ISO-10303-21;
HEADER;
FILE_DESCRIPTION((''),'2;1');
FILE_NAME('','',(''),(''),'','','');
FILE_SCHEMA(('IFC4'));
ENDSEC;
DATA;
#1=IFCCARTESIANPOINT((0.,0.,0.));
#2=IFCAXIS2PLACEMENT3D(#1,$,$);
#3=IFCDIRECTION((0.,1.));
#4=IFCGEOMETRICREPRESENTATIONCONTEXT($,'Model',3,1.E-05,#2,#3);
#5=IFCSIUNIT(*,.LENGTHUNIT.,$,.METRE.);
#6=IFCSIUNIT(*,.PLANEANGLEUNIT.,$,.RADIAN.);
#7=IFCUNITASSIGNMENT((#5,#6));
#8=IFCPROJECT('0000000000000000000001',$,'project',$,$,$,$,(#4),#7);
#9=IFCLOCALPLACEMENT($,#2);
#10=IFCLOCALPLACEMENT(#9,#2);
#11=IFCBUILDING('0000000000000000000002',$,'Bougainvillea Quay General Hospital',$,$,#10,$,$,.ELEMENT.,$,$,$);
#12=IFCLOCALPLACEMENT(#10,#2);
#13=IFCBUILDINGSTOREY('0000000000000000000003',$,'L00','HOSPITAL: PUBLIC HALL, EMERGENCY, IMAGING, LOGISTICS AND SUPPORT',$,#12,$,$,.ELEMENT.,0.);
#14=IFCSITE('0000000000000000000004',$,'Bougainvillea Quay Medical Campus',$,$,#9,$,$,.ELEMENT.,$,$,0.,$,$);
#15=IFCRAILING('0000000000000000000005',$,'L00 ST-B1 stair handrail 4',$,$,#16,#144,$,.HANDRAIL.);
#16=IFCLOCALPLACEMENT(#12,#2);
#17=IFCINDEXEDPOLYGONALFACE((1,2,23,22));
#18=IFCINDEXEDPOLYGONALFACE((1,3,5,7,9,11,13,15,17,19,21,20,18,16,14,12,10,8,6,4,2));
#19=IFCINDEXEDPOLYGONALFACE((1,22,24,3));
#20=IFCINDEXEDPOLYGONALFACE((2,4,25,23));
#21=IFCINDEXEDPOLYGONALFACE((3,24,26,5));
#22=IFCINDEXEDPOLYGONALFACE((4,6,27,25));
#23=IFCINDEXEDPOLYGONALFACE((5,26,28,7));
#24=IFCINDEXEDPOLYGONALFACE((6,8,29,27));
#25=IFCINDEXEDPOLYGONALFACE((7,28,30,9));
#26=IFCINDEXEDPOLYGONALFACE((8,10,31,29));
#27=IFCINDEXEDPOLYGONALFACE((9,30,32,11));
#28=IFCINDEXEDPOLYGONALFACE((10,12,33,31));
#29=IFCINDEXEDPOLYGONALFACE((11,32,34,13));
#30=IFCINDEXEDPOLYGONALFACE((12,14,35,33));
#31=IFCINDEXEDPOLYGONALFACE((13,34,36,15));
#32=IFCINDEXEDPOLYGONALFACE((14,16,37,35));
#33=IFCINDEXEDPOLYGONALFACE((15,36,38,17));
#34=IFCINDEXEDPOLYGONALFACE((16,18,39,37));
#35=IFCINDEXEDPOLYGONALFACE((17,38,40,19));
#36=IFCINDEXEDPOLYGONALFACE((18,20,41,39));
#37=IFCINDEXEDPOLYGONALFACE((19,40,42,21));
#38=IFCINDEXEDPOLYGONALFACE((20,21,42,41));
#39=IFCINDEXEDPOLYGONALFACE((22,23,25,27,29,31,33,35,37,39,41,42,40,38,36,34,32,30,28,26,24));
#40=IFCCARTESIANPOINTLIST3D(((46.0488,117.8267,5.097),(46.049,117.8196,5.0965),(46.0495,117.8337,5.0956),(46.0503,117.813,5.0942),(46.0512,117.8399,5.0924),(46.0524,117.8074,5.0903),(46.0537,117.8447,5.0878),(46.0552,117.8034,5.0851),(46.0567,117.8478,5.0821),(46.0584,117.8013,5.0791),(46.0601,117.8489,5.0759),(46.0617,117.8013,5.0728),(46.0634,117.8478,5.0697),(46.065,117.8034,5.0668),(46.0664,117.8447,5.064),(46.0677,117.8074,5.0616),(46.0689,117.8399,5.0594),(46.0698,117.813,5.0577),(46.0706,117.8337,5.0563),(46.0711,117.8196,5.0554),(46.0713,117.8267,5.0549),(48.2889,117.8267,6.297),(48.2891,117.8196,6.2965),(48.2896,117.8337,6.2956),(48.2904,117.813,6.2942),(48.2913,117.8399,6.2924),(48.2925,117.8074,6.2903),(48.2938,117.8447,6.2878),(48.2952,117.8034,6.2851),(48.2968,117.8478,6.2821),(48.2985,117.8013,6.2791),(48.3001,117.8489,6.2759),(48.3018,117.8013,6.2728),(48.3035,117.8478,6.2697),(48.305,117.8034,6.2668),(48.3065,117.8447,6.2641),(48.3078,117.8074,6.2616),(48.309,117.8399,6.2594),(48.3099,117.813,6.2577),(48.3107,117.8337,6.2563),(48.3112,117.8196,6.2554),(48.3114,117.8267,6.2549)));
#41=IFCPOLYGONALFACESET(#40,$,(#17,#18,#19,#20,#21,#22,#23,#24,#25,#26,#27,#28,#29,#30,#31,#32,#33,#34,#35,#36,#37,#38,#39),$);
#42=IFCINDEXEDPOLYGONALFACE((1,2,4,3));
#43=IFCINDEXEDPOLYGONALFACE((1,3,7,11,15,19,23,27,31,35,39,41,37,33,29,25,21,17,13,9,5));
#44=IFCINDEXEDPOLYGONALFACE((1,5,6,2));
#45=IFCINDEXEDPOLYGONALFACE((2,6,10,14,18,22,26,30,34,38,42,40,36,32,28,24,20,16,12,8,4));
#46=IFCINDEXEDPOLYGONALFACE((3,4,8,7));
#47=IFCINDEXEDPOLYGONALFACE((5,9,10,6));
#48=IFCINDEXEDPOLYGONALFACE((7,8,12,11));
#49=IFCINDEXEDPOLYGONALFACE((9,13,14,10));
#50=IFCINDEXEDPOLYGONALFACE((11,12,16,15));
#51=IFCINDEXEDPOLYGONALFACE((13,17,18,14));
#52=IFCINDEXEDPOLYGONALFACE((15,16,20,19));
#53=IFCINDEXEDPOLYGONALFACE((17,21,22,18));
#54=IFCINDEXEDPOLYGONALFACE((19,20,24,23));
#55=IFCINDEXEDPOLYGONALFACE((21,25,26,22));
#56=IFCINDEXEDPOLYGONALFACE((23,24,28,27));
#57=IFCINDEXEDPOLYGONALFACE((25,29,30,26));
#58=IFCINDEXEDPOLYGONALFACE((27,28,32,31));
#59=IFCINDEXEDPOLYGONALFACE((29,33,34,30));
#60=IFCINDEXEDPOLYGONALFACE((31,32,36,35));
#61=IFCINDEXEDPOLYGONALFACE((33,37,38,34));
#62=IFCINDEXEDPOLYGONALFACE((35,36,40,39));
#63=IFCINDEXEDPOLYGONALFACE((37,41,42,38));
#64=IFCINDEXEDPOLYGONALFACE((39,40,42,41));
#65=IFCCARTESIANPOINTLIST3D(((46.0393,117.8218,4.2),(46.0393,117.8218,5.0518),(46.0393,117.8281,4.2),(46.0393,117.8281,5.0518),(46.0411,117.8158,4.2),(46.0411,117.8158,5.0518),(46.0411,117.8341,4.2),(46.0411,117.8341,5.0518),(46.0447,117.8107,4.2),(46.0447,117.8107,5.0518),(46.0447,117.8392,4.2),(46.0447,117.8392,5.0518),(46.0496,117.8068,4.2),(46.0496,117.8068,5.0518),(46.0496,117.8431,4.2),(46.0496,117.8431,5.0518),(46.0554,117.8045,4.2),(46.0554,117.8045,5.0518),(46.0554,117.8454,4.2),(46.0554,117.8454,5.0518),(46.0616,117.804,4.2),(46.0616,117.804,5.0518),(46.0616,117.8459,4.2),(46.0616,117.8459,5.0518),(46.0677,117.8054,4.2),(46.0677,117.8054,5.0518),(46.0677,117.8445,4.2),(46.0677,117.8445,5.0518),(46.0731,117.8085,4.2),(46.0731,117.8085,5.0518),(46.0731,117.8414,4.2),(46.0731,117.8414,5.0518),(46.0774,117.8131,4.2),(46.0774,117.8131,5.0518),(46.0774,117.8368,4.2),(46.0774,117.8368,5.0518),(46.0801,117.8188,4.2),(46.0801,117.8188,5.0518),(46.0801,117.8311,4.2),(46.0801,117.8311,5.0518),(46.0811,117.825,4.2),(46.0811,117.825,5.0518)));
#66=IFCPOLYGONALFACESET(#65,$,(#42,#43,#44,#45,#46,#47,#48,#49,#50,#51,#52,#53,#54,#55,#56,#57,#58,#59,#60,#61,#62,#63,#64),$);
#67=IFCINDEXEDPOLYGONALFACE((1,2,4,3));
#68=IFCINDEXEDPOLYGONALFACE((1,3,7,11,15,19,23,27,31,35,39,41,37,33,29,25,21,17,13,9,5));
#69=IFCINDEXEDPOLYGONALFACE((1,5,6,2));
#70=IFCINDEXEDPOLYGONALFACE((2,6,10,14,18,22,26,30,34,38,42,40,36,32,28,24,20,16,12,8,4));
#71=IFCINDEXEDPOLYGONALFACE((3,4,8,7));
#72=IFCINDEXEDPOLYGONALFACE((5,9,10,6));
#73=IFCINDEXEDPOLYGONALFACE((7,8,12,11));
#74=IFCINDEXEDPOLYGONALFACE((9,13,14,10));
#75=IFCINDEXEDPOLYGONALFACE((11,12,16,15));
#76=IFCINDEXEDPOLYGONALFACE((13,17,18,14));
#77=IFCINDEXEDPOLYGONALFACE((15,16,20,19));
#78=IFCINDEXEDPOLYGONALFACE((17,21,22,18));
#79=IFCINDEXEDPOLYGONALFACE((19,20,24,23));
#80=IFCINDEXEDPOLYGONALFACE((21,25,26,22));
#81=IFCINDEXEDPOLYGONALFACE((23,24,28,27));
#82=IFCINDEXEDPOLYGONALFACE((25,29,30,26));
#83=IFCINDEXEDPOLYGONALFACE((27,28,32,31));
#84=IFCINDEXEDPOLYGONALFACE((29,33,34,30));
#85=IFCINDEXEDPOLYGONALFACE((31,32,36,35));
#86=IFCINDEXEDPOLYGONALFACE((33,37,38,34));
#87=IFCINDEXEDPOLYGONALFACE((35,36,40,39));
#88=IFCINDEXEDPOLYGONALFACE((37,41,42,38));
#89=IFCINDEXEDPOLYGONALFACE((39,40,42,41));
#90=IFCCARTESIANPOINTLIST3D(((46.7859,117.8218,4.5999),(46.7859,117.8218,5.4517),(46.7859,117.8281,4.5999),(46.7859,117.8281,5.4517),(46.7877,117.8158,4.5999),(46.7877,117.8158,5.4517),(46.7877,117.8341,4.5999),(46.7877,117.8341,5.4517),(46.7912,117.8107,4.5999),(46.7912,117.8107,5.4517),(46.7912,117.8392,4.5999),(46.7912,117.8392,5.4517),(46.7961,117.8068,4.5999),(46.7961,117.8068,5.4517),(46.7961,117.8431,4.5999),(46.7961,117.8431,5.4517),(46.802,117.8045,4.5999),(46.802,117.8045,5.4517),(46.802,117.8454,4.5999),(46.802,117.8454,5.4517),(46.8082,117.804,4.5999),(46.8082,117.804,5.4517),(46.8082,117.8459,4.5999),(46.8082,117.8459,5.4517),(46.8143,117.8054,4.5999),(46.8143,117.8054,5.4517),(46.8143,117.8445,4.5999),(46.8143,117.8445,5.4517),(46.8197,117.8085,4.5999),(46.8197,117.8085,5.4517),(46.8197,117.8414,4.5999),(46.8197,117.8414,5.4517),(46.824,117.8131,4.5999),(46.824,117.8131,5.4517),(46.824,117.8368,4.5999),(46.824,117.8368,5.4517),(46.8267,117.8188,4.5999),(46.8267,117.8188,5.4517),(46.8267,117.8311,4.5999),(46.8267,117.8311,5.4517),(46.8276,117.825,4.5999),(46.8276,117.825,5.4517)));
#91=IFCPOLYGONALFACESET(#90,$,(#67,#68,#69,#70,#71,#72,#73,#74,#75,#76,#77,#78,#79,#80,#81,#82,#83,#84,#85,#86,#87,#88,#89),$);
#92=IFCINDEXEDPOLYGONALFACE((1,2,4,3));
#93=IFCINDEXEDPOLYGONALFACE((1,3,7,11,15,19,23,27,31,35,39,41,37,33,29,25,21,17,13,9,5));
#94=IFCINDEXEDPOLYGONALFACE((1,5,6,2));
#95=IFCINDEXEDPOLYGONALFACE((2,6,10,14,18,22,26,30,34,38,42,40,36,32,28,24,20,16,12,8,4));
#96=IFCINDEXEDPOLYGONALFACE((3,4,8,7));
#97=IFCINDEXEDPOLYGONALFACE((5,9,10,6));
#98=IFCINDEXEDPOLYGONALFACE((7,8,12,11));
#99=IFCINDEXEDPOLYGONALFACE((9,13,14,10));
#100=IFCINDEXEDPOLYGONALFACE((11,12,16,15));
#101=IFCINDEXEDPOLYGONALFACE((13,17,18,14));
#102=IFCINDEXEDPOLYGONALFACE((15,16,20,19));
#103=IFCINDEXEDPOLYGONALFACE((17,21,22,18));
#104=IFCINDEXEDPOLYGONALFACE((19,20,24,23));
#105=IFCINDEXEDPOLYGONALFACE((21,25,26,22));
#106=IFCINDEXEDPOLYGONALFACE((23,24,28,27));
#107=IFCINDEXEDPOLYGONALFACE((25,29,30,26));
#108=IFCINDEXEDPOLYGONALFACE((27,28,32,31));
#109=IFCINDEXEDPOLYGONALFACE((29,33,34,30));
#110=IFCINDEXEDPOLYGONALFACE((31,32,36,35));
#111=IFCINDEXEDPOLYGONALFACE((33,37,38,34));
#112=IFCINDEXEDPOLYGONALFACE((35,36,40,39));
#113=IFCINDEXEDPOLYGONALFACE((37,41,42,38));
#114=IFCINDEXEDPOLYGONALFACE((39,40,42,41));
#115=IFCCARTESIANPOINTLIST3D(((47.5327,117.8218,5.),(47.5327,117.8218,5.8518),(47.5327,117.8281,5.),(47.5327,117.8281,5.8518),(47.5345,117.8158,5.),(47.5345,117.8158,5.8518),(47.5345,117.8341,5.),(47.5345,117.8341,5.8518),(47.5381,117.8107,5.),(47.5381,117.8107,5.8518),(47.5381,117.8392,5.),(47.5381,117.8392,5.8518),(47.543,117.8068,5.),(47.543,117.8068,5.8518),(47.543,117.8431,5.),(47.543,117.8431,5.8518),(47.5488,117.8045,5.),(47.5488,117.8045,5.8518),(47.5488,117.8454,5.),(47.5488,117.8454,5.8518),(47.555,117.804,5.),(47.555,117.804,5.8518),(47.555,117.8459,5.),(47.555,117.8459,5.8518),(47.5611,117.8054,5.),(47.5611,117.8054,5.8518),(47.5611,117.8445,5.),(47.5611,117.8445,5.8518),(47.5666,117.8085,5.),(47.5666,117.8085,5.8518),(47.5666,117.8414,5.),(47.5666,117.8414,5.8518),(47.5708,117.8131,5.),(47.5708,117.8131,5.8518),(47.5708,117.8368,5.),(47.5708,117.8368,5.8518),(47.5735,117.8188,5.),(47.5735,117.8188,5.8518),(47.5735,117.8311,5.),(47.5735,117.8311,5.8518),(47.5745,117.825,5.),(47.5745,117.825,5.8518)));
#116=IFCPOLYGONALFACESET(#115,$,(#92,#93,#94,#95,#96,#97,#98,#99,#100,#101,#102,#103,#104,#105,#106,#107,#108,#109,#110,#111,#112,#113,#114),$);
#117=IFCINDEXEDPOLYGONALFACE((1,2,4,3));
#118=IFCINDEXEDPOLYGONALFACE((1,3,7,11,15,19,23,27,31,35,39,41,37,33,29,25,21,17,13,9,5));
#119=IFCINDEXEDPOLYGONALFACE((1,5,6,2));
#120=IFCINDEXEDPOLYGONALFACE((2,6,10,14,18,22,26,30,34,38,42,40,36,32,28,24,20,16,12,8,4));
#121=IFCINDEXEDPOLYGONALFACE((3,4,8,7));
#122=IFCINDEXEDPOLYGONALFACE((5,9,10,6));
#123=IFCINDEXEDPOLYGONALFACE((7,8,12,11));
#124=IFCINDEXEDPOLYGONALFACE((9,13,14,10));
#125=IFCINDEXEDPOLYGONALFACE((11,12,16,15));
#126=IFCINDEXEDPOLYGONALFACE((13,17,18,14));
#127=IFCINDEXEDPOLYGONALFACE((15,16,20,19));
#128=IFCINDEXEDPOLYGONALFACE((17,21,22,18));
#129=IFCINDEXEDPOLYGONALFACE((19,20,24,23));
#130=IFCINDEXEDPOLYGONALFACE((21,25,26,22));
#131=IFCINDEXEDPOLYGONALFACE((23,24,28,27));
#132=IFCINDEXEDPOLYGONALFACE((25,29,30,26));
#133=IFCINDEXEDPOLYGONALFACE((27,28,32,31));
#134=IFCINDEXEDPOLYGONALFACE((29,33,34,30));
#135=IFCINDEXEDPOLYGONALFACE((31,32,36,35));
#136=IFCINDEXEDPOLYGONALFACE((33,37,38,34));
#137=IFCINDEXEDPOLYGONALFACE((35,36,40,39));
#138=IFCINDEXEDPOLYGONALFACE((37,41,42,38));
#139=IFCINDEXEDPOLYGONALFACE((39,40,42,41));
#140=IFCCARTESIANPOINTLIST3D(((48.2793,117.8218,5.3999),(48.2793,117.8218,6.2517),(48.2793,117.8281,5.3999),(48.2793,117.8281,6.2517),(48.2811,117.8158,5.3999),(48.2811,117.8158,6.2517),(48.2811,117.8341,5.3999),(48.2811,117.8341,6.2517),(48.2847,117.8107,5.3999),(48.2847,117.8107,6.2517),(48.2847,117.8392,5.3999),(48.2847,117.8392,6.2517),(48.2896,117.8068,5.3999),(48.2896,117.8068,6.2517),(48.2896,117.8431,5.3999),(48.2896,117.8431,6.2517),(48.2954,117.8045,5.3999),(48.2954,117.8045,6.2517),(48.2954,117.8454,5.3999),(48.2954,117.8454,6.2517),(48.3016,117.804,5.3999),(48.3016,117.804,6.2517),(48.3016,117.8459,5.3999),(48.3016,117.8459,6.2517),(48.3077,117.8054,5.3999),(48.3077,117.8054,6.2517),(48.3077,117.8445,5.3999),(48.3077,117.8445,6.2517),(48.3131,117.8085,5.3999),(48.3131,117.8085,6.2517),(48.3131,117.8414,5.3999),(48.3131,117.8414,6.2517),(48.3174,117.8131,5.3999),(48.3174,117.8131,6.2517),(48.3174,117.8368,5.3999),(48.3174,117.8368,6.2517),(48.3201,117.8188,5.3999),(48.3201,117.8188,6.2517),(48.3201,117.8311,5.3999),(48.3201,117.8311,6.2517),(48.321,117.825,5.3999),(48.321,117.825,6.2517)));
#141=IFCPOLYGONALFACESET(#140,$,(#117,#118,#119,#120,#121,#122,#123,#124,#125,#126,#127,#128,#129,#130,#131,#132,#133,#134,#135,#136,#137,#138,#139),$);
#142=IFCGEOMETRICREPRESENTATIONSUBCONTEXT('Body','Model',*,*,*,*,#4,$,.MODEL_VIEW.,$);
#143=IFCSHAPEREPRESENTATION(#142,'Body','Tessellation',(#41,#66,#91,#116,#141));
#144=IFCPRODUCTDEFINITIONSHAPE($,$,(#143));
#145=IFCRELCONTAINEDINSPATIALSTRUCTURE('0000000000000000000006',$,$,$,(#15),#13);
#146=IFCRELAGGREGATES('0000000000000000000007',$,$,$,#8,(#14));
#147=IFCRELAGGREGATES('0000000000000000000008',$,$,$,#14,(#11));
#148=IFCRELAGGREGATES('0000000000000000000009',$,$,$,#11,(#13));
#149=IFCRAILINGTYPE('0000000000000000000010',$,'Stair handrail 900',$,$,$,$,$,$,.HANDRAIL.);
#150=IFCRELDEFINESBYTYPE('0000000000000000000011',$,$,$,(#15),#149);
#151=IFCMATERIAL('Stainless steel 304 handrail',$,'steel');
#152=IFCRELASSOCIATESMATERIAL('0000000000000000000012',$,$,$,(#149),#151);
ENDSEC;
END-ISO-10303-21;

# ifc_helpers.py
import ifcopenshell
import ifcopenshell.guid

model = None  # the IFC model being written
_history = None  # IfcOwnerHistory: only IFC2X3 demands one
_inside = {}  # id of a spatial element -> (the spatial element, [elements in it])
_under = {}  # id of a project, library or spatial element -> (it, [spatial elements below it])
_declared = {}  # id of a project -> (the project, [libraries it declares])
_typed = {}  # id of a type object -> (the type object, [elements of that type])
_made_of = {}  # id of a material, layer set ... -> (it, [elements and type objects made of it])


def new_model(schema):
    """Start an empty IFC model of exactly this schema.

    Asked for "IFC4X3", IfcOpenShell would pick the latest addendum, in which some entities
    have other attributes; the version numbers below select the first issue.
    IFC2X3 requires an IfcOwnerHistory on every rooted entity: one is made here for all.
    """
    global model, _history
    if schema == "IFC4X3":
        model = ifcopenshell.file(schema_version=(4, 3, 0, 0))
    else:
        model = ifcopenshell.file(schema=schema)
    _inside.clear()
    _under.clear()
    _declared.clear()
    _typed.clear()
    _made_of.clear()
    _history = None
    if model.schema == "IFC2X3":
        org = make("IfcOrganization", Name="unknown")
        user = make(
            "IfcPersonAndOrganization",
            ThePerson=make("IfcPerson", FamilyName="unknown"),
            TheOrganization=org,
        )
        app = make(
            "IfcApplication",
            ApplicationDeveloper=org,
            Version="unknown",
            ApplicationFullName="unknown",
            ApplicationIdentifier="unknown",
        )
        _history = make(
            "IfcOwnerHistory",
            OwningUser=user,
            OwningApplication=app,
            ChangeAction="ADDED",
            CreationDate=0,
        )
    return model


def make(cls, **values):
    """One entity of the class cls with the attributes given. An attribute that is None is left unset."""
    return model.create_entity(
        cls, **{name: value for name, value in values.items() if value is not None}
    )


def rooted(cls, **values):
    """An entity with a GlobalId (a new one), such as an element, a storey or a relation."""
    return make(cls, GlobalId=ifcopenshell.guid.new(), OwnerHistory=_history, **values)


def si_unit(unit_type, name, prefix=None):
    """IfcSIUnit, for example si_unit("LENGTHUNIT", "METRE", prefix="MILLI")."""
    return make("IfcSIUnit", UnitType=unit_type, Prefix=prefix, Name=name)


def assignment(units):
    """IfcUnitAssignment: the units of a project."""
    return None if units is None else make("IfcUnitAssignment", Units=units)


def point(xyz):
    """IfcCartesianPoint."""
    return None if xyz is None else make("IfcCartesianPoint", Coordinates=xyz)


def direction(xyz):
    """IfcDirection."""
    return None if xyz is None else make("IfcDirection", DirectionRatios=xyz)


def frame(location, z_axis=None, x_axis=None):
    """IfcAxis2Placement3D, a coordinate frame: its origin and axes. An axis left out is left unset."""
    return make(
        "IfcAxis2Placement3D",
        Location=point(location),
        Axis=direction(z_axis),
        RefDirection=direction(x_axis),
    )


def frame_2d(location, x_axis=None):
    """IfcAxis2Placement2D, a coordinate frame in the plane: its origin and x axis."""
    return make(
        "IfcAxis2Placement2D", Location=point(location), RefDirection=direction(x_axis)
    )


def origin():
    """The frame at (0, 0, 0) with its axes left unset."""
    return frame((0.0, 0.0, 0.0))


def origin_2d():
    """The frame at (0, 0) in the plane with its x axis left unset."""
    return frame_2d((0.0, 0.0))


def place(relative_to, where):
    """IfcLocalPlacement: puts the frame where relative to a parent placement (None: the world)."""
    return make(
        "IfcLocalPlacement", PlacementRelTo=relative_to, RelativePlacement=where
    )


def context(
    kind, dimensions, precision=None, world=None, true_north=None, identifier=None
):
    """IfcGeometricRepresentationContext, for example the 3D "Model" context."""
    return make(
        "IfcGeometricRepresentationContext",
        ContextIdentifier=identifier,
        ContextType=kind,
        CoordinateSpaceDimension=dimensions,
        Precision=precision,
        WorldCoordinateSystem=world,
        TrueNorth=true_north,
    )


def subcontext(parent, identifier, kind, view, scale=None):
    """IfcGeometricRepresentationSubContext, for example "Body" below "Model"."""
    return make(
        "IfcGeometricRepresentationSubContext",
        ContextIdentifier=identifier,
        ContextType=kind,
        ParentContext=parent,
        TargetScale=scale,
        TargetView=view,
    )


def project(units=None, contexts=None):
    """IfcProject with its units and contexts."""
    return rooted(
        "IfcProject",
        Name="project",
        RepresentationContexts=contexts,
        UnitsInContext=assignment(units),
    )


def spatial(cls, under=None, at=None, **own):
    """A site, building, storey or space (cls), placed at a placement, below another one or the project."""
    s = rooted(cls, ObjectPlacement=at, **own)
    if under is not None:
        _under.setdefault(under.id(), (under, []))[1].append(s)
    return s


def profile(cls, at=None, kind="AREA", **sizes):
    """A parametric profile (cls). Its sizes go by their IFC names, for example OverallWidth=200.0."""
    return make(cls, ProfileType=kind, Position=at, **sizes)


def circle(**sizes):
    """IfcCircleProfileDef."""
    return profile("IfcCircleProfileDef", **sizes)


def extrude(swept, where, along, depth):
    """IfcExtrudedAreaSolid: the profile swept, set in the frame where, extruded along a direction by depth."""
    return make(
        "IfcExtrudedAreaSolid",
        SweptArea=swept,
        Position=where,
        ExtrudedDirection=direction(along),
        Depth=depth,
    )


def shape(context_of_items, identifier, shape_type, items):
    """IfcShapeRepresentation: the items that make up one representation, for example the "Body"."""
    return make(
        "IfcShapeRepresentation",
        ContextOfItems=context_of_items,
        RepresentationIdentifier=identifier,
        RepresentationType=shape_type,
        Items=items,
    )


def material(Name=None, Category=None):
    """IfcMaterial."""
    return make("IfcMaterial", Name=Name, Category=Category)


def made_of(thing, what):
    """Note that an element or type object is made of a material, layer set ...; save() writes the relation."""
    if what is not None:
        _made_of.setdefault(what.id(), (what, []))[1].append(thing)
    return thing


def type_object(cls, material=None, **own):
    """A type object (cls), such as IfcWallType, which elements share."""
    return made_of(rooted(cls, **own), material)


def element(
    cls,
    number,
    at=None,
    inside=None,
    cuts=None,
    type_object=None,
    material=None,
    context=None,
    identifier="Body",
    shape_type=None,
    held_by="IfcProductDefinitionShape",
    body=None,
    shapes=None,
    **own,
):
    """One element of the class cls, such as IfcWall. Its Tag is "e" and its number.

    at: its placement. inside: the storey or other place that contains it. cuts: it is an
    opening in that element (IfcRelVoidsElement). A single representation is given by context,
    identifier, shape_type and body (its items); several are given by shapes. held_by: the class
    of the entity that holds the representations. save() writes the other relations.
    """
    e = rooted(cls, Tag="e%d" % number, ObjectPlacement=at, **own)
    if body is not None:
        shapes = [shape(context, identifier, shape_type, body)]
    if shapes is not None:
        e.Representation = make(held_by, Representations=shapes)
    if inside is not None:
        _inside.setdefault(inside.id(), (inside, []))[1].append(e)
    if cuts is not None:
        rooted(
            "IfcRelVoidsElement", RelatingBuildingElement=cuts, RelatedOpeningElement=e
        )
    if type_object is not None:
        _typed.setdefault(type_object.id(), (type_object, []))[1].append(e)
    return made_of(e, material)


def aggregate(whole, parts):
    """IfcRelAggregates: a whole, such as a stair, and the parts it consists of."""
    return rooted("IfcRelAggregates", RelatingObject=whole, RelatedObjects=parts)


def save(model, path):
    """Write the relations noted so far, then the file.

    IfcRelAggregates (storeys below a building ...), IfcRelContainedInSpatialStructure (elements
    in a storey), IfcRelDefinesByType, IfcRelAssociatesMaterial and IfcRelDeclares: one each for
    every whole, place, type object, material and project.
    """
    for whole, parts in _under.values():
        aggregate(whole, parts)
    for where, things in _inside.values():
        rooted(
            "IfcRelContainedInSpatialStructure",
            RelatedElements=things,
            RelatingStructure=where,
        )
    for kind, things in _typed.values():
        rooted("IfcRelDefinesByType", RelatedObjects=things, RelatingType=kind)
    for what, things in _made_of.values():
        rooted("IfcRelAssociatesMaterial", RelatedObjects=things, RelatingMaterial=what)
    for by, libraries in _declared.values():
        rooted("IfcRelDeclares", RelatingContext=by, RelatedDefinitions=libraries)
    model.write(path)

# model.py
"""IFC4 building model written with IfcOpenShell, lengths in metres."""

from ifc_helpers import new_model, si_unit, direction, frame, origin, origin_2d, place, context, subcontext, project, spatial, circle, extrude, material, type_object, element, save


model = new_model("IFC4")

# Units and contexts
model_context = context("Model", 3, precision=1e-05, world=origin(), true_north=direction((0.0, 1.0)))
body_context = subcontext(model_context, "Body", "Model", "MODEL_VIEW")
ifc_project = project(units=[si_unit("LENGTHUNIT", "METRE"), si_unit("PLANEANGLEUNIT", "RADIAN")], contexts=[model_context])

# Site, building, storey
site_placement = place(None, origin())
site = spatial("IfcSite", under=ifc_project, at=site_placement, Name="Bougainvillea Quay Medical Campus", CompositionType="ELEMENT", RefElevation=0.0)
building_placement = place(site_placement, origin())
building = spatial("IfcBuilding", under=site, at=building_placement, Name="Bougainvillea Quay General Hospital", CompositionType="ELEMENT")
storey_placement = place(building_placement, origin())
storey = spatial("IfcBuildingStorey", under=building, at=storey_placement, Name="L00", Description="HOSPITAL: PUBLIC HALL, EMERGENCY, IMAGING, LOGISTICS AND SUPPORT", CompositionType="ELEMENT", Elevation=0.0)

# Railing
ifc_material_1 = material(Name="Stainless steel 304 handrail", Category="steel")
railing_type_1 = type_object("IfcRailingType", Name="Stair handrail 900", PredefinedType="HANDRAIL", material=ifc_material_1)
railing_1_placement = place(storey_placement, frame((46.0601, 117.825, 4.2)))
element("IfcRailing", 1, at=railing_1_placement, inside=storey, type_object=railing_type_1, Name="L00 ST-B1 stair handrail 4", PredefinedType="HANDRAIL", context=body_context, shape_type="SweptSolid", body=[
    extrude(circle(Radius=0.0239, at=origin_2d()), frame((0.0, 0.0, 0.876), z_axis=(0.881487, 0.0, 0.472208), x_axis=(0.0, 1.0, 0.0)), (0.0, 0.0, 1.0), 2.5413),
    extrude(circle(Radius=0.021, at=origin_2d()), origin(), (0.0, 0.0, 1.0), 0.8518),
    extrude(circle(Radius=0.021, at=origin_2d()), frame((0.7466, 0.0, 0.3999)), (0.0, 0.0, 1.0), 0.8518),
    extrude(circle(Radius=0.021, at=origin_2d()), frame((1.4934, 0.0, 0.8)), (0.0, 0.0, 1.0), 0.8518),
    extrude(circle(Radius=0.021, at=origin_2d()), frame((2.24, 0.0, 1.2)), (0.0, 0.0, 1.0), 0.8518),
])

save(model, "model.ifc")
